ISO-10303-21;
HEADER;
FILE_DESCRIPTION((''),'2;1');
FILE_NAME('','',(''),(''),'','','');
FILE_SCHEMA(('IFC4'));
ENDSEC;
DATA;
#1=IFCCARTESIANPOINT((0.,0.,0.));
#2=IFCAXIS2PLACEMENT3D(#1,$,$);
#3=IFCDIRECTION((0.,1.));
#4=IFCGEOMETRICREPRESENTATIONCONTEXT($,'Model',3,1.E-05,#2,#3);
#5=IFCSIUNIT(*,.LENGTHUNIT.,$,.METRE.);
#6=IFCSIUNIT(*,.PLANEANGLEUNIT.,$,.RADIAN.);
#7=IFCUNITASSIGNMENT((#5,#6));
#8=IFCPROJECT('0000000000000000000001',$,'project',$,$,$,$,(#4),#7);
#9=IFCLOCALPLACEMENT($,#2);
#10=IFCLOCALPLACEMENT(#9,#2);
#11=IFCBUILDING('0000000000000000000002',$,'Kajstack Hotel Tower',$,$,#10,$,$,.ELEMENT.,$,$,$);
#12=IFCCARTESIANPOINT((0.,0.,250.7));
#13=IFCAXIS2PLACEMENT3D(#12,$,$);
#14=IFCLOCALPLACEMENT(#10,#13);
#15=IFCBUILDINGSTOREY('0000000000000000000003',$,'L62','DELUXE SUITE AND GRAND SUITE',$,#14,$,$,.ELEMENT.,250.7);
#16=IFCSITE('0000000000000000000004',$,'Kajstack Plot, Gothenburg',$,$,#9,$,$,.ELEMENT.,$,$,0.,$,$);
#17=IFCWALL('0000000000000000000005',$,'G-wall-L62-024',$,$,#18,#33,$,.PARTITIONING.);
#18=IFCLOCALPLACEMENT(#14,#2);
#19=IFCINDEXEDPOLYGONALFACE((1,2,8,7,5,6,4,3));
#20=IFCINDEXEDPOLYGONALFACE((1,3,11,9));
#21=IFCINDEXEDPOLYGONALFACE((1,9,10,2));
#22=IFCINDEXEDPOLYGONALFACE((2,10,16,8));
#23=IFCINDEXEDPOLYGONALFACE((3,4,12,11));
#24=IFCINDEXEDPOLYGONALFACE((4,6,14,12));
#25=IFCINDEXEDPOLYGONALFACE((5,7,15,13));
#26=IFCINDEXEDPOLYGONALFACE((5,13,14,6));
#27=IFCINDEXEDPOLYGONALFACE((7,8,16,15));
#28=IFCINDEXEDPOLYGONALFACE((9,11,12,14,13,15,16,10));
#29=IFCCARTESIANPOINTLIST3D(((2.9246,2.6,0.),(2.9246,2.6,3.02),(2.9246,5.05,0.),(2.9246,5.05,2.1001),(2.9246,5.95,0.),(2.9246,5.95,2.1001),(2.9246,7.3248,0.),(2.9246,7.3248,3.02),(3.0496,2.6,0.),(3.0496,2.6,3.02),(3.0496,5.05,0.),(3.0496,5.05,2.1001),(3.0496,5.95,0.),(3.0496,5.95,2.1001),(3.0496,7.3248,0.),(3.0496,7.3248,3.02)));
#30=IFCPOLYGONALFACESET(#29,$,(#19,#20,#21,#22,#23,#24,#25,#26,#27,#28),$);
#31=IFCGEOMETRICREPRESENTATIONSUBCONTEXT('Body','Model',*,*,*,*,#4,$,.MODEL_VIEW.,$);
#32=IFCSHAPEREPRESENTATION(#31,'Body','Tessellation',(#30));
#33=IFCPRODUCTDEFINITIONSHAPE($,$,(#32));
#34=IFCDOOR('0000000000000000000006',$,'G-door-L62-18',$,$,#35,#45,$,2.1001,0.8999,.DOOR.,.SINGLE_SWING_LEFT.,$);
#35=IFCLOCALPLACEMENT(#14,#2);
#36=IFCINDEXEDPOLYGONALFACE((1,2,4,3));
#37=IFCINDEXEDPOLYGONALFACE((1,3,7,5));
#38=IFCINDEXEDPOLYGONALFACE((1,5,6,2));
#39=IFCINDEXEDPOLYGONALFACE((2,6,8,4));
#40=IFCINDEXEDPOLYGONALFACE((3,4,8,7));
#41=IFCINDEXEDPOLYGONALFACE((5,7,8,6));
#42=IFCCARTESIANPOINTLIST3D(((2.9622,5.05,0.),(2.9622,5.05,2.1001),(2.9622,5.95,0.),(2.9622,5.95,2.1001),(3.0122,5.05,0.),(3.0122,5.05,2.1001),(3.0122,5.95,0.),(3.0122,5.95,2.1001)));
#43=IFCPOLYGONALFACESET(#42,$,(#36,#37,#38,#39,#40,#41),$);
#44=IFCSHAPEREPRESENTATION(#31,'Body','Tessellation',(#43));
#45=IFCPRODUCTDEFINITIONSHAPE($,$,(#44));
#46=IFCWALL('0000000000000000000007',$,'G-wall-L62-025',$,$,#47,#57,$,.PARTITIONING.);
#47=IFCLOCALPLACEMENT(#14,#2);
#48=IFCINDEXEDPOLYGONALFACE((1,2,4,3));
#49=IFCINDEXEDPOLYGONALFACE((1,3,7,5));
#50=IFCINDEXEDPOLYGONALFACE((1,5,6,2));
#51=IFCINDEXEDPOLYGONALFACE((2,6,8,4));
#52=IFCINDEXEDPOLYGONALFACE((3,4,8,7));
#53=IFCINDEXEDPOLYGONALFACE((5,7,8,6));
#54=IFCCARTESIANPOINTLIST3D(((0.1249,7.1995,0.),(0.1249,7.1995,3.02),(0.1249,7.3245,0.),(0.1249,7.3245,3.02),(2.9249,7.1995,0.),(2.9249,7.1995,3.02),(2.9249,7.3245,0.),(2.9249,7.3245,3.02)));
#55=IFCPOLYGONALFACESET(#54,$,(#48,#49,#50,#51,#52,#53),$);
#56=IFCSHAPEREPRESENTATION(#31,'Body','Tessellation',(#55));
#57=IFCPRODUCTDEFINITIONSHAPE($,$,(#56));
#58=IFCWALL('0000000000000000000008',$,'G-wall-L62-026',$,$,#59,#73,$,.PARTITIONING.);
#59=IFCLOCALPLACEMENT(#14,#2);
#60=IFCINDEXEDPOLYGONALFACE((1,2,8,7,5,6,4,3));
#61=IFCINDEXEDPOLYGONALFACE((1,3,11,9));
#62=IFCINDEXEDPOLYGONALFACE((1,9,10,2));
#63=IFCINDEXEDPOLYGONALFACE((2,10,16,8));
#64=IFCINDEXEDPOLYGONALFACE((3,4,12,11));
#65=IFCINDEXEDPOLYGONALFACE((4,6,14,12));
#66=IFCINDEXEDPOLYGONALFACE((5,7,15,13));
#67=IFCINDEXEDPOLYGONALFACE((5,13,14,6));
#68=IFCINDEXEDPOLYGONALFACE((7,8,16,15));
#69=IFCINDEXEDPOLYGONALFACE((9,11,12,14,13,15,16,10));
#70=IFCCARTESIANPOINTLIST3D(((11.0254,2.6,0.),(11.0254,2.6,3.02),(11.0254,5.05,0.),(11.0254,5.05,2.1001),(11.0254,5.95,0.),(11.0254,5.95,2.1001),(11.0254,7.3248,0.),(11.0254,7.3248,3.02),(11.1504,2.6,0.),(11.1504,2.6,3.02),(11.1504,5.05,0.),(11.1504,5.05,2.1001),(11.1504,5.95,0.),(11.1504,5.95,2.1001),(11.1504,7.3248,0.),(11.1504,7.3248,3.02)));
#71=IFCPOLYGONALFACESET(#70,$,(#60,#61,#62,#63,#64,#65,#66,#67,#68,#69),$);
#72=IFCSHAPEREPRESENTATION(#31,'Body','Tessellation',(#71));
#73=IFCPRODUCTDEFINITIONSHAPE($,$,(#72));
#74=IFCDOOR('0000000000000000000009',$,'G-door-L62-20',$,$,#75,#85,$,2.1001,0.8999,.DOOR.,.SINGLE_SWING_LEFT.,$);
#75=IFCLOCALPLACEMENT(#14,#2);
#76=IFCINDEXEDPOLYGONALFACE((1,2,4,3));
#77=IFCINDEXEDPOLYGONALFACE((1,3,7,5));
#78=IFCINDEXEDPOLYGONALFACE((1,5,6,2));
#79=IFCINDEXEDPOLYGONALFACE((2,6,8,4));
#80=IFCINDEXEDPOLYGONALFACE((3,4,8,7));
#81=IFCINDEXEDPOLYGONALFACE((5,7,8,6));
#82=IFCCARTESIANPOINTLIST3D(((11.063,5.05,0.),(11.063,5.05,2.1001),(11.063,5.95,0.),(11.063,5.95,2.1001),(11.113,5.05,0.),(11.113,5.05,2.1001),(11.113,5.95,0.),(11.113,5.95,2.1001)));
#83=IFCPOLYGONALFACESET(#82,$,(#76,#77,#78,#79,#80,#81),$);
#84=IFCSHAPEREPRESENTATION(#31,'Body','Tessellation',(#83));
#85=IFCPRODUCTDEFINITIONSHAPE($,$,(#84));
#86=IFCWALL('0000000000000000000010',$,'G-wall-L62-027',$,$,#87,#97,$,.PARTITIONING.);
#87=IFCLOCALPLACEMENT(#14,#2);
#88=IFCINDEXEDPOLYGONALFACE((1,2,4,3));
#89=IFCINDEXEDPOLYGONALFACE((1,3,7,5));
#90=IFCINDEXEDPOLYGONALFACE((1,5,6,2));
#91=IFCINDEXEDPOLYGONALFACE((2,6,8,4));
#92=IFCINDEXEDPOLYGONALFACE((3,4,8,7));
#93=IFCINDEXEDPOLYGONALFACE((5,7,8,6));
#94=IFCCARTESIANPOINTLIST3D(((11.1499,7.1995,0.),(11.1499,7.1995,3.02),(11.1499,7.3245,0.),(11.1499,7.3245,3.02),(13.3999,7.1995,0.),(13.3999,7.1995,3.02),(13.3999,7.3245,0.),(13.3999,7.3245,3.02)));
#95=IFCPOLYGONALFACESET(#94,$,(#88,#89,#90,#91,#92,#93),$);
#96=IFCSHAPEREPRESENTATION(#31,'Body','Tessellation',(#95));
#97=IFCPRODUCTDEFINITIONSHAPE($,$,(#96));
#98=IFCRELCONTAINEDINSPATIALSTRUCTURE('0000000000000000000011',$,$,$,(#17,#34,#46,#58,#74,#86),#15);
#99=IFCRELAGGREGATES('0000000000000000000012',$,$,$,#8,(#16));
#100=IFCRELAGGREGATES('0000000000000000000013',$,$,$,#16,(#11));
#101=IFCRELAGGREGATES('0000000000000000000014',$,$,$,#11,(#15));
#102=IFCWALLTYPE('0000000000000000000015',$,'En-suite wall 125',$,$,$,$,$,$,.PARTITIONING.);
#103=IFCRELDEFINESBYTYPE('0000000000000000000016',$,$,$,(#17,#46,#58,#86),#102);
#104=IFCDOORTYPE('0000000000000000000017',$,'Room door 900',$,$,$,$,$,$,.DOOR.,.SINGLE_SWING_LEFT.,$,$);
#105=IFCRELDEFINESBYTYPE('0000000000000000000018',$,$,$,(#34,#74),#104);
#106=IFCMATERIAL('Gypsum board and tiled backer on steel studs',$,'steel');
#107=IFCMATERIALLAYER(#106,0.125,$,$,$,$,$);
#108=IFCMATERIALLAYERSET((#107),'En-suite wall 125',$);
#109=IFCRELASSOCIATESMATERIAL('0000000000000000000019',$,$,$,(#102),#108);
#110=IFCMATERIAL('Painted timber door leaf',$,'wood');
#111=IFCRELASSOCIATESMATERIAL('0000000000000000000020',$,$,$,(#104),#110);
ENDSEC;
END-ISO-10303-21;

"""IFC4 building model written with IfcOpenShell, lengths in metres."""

from ifc_helpers import new_model, si_unit, direction, frame, frame_2d, origin, place, context, subcontext, project, spatial, rectangle, extrude, material, layer, layer_set, type_object, element, fill, save


model = new_model("IFC4")

# Units and contexts
model_context = context("Model", 3, precision=1e-05, world=origin(), true_north=direction((0.0, 1.0)))
body_context = subcontext(model_context, "Body", "Model", "MODEL_VIEW")
ifc_project = project(units=[si_unit("LENGTHUNIT", "METRE"), si_unit("PLANEANGLEUNIT", "RADIAN")], contexts=[model_context])

# Site, building, storey
site_placement = place(None, origin())
site = spatial("IfcSite", under=ifc_project, at=site_placement, Name="Kajstack Plot, Gothenburg", CompositionType="ELEMENT", RefElevation=0.0)
building_placement = place(site_placement, origin())
building = spatial("IfcBuilding", under=site, at=building_placement, Name="Kajstack Hotel Tower", CompositionType="ELEMENT")
storey_placement = place(building_placement, frame((0.0, 0.0, 250.7)))
storey = spatial("IfcBuildingStorey", under=building, at=storey_placement, Name="L62", Description="DELUXE SUITE AND GRAND SUITE", CompositionType="ELEMENT", Elevation=250.7)

# Wall, opening, door
ifc_material_1 = material(Name="Gypsum board and tiled backer on steel studs", Category="steel")
ifc_layer_1 = layer(ifc_material_1, 0.125)
ifc_layer_set_1 = layer_set([ifc_layer_1], Name="En-suite wall 125")
wall_type_1 = type_object("IfcWallType", Name="En-suite wall 125", PredefinedType="PARTITIONING", material=ifc_layer_set_1)
wall_1_placement = place(storey_placement, frame((2.9871, 2.6001, 0.0), z_axis=(0.0, 0.0, 1.0), x_axis=(0.0, 1.0, 0.0)))
wall_1 = element("IfcWall", 1, at=wall_1_placement, inside=storey, type_object=wall_type_1, Name="G-wall-L62-024", PredefinedType="PARTITIONING", context=body_context, shape_type="SweptSolid", body=[
    extrude(rectangle(XDim=4.7249, YDim=0.125, at=frame_2d((2.3623, 0.0))), origin(), (0.0, 0.0, 1.0), 3.02),
])
opening_1_placement = place(wall_1_placement, frame((2.45, 0.0, 0.0)))
opening_1 = element("IfcOpeningElement", 2, at=opening_1_placement, cuts=wall_1, PredefinedType="OPENING", context=body_context, shape_type="SweptSolid", body=[
    extrude(rectangle(XDim=0.8999, YDim=2.1001, at=frame_2d((0.45, 1.05))), frame((0.0, 0.0725, 0.0), z_axis=(0.0, -1.0, 0.0), x_axis=(1.0, 0.0, 0.0)), (0.0, 0.0, 1.0), 0.145),
])
ifc_material_2 = material(Name="Painted timber door leaf", Category="wood")
door_type_1 = type_object("IfcDoorType", Name="Room door 900", OperationType="SINGLE_SWING_LEFT", PredefinedType="DOOR", material=ifc_material_2)
door_1_placement = place(opening_1_placement, origin())
door_1 = element("IfcDoor", 3, at=door_1_placement, inside=storey, type_object=door_type_1, Name="G-door-L62-18", OperationType="SINGLE_SWING_LEFT", OverallHeight=2.1001, OverallWidth=0.8999, PredefinedType="DOOR", context=body_context, shape_type="SweptSolid", body=[
    extrude(rectangle(XDim=0.8999, YDim=2.1001, at=frame_2d((0.45, 1.05))), frame((0.0, 0.0249, 0.0), z_axis=(0.0, -1.0, 0.0), x_axis=(1.0, 0.0, 0.0)), (0.0, 0.0, 1.0), 0.05),
])
fill(opening_1, door_1)

# Wall
wall_2_placement = place(storey_placement, frame((0.125, 7.262, 0.0), z_axis=(0.0, 0.0, 1.0), x_axis=(1.0, 0.0, 0.0)))
element("IfcWall", 4, at=wall_2_placement, inside=storey, type_object=wall_type_1, Name="G-wall-L62-025", PredefinedType="PARTITIONING", context=body_context, shape_type="SweptSolid", body=[
    extrude(rectangle(XDim=2.8, YDim=0.125, at=frame_2d((1.3999, 0.0))), origin(), (0.0, 0.0, 1.0), 3.02),
])

# Wall, opening, door
wall_3_placement = place(storey_placement, frame((11.0879, 2.6001, 0.0), z_axis=(0.0, 0.0, 1.0), x_axis=(0.0, 1.0, 0.0)))
wall_3 = element("IfcWall", 5, at=wall_3_placement, inside=storey, type_object=wall_type_1, Name="G-wall-L62-026", PredefinedType="PARTITIONING", context=body_context, shape_type="SweptSolid", body=[
    extrude(rectangle(XDim=4.7249, YDim=0.125, at=frame_2d((2.3623, 0.0))), origin(), (0.0, 0.0, 1.0), 3.02),
])
opening_2_placement = place(wall_3_placement, frame((2.45, 0.0, 0.0)))
opening_2 = element("IfcOpeningElement", 6, at=opening_2_placement, cuts=wall_3, PredefinedType="OPENING", context=body_context, shape_type="SweptSolid", body=[
    extrude(rectangle(XDim=0.8999, YDim=2.1001, at=frame_2d((0.45, 1.05))), frame((0.0, 0.0725, 0.0), z_axis=(0.0, -1.0, 0.0), x_axis=(1.0, 0.0, 0.0)), (0.0, 0.0, 1.0), 0.145),
])
door_2_placement = place(opening_2_placement, origin())
door_2 = element("IfcDoor", 7, at=door_2_placement, inside=storey, type_object=door_type_1, Name="G-door-L62-20", OperationType="SINGLE_SWING_LEFT", OverallHeight=2.1001, OverallWidth=0.8999, PredefinedType="DOOR", context=body_context, shape_type="SweptSolid", body=[
    extrude(rectangle(XDim=0.8999, YDim=2.1001, at=frame_2d((0.45, 1.05))), frame((0.0, 0.0249, 0.0), z_axis=(0.0, -1.0, 0.0), x_axis=(1.0, 0.0, 0.0)), (0.0, 0.0, 1.0), 0.05),
])
fill(opening_2, door_2)

# Wall
wall_4_placement = place(storey_placement, frame((11.1499, 7.262, 0.0), z_axis=(0.0, 0.0, 1.0), x_axis=(1.0, 0.0, 0.0)))
element("IfcWall", 8, at=wall_4_placement, inside=storey, type_object=wall_type_1, Name="G-wall-L62-027", PredefinedType="PARTITIONING", context=body_context, shape_type="SweptSolid", body=[
    extrude(rectangle(XDim=2.25, YDim=0.125, at=frame_2d((1.125, 0.0))), origin(), (0.0, 0.0, 1.0), 3.02),
])

save(model, "model.ifc")
